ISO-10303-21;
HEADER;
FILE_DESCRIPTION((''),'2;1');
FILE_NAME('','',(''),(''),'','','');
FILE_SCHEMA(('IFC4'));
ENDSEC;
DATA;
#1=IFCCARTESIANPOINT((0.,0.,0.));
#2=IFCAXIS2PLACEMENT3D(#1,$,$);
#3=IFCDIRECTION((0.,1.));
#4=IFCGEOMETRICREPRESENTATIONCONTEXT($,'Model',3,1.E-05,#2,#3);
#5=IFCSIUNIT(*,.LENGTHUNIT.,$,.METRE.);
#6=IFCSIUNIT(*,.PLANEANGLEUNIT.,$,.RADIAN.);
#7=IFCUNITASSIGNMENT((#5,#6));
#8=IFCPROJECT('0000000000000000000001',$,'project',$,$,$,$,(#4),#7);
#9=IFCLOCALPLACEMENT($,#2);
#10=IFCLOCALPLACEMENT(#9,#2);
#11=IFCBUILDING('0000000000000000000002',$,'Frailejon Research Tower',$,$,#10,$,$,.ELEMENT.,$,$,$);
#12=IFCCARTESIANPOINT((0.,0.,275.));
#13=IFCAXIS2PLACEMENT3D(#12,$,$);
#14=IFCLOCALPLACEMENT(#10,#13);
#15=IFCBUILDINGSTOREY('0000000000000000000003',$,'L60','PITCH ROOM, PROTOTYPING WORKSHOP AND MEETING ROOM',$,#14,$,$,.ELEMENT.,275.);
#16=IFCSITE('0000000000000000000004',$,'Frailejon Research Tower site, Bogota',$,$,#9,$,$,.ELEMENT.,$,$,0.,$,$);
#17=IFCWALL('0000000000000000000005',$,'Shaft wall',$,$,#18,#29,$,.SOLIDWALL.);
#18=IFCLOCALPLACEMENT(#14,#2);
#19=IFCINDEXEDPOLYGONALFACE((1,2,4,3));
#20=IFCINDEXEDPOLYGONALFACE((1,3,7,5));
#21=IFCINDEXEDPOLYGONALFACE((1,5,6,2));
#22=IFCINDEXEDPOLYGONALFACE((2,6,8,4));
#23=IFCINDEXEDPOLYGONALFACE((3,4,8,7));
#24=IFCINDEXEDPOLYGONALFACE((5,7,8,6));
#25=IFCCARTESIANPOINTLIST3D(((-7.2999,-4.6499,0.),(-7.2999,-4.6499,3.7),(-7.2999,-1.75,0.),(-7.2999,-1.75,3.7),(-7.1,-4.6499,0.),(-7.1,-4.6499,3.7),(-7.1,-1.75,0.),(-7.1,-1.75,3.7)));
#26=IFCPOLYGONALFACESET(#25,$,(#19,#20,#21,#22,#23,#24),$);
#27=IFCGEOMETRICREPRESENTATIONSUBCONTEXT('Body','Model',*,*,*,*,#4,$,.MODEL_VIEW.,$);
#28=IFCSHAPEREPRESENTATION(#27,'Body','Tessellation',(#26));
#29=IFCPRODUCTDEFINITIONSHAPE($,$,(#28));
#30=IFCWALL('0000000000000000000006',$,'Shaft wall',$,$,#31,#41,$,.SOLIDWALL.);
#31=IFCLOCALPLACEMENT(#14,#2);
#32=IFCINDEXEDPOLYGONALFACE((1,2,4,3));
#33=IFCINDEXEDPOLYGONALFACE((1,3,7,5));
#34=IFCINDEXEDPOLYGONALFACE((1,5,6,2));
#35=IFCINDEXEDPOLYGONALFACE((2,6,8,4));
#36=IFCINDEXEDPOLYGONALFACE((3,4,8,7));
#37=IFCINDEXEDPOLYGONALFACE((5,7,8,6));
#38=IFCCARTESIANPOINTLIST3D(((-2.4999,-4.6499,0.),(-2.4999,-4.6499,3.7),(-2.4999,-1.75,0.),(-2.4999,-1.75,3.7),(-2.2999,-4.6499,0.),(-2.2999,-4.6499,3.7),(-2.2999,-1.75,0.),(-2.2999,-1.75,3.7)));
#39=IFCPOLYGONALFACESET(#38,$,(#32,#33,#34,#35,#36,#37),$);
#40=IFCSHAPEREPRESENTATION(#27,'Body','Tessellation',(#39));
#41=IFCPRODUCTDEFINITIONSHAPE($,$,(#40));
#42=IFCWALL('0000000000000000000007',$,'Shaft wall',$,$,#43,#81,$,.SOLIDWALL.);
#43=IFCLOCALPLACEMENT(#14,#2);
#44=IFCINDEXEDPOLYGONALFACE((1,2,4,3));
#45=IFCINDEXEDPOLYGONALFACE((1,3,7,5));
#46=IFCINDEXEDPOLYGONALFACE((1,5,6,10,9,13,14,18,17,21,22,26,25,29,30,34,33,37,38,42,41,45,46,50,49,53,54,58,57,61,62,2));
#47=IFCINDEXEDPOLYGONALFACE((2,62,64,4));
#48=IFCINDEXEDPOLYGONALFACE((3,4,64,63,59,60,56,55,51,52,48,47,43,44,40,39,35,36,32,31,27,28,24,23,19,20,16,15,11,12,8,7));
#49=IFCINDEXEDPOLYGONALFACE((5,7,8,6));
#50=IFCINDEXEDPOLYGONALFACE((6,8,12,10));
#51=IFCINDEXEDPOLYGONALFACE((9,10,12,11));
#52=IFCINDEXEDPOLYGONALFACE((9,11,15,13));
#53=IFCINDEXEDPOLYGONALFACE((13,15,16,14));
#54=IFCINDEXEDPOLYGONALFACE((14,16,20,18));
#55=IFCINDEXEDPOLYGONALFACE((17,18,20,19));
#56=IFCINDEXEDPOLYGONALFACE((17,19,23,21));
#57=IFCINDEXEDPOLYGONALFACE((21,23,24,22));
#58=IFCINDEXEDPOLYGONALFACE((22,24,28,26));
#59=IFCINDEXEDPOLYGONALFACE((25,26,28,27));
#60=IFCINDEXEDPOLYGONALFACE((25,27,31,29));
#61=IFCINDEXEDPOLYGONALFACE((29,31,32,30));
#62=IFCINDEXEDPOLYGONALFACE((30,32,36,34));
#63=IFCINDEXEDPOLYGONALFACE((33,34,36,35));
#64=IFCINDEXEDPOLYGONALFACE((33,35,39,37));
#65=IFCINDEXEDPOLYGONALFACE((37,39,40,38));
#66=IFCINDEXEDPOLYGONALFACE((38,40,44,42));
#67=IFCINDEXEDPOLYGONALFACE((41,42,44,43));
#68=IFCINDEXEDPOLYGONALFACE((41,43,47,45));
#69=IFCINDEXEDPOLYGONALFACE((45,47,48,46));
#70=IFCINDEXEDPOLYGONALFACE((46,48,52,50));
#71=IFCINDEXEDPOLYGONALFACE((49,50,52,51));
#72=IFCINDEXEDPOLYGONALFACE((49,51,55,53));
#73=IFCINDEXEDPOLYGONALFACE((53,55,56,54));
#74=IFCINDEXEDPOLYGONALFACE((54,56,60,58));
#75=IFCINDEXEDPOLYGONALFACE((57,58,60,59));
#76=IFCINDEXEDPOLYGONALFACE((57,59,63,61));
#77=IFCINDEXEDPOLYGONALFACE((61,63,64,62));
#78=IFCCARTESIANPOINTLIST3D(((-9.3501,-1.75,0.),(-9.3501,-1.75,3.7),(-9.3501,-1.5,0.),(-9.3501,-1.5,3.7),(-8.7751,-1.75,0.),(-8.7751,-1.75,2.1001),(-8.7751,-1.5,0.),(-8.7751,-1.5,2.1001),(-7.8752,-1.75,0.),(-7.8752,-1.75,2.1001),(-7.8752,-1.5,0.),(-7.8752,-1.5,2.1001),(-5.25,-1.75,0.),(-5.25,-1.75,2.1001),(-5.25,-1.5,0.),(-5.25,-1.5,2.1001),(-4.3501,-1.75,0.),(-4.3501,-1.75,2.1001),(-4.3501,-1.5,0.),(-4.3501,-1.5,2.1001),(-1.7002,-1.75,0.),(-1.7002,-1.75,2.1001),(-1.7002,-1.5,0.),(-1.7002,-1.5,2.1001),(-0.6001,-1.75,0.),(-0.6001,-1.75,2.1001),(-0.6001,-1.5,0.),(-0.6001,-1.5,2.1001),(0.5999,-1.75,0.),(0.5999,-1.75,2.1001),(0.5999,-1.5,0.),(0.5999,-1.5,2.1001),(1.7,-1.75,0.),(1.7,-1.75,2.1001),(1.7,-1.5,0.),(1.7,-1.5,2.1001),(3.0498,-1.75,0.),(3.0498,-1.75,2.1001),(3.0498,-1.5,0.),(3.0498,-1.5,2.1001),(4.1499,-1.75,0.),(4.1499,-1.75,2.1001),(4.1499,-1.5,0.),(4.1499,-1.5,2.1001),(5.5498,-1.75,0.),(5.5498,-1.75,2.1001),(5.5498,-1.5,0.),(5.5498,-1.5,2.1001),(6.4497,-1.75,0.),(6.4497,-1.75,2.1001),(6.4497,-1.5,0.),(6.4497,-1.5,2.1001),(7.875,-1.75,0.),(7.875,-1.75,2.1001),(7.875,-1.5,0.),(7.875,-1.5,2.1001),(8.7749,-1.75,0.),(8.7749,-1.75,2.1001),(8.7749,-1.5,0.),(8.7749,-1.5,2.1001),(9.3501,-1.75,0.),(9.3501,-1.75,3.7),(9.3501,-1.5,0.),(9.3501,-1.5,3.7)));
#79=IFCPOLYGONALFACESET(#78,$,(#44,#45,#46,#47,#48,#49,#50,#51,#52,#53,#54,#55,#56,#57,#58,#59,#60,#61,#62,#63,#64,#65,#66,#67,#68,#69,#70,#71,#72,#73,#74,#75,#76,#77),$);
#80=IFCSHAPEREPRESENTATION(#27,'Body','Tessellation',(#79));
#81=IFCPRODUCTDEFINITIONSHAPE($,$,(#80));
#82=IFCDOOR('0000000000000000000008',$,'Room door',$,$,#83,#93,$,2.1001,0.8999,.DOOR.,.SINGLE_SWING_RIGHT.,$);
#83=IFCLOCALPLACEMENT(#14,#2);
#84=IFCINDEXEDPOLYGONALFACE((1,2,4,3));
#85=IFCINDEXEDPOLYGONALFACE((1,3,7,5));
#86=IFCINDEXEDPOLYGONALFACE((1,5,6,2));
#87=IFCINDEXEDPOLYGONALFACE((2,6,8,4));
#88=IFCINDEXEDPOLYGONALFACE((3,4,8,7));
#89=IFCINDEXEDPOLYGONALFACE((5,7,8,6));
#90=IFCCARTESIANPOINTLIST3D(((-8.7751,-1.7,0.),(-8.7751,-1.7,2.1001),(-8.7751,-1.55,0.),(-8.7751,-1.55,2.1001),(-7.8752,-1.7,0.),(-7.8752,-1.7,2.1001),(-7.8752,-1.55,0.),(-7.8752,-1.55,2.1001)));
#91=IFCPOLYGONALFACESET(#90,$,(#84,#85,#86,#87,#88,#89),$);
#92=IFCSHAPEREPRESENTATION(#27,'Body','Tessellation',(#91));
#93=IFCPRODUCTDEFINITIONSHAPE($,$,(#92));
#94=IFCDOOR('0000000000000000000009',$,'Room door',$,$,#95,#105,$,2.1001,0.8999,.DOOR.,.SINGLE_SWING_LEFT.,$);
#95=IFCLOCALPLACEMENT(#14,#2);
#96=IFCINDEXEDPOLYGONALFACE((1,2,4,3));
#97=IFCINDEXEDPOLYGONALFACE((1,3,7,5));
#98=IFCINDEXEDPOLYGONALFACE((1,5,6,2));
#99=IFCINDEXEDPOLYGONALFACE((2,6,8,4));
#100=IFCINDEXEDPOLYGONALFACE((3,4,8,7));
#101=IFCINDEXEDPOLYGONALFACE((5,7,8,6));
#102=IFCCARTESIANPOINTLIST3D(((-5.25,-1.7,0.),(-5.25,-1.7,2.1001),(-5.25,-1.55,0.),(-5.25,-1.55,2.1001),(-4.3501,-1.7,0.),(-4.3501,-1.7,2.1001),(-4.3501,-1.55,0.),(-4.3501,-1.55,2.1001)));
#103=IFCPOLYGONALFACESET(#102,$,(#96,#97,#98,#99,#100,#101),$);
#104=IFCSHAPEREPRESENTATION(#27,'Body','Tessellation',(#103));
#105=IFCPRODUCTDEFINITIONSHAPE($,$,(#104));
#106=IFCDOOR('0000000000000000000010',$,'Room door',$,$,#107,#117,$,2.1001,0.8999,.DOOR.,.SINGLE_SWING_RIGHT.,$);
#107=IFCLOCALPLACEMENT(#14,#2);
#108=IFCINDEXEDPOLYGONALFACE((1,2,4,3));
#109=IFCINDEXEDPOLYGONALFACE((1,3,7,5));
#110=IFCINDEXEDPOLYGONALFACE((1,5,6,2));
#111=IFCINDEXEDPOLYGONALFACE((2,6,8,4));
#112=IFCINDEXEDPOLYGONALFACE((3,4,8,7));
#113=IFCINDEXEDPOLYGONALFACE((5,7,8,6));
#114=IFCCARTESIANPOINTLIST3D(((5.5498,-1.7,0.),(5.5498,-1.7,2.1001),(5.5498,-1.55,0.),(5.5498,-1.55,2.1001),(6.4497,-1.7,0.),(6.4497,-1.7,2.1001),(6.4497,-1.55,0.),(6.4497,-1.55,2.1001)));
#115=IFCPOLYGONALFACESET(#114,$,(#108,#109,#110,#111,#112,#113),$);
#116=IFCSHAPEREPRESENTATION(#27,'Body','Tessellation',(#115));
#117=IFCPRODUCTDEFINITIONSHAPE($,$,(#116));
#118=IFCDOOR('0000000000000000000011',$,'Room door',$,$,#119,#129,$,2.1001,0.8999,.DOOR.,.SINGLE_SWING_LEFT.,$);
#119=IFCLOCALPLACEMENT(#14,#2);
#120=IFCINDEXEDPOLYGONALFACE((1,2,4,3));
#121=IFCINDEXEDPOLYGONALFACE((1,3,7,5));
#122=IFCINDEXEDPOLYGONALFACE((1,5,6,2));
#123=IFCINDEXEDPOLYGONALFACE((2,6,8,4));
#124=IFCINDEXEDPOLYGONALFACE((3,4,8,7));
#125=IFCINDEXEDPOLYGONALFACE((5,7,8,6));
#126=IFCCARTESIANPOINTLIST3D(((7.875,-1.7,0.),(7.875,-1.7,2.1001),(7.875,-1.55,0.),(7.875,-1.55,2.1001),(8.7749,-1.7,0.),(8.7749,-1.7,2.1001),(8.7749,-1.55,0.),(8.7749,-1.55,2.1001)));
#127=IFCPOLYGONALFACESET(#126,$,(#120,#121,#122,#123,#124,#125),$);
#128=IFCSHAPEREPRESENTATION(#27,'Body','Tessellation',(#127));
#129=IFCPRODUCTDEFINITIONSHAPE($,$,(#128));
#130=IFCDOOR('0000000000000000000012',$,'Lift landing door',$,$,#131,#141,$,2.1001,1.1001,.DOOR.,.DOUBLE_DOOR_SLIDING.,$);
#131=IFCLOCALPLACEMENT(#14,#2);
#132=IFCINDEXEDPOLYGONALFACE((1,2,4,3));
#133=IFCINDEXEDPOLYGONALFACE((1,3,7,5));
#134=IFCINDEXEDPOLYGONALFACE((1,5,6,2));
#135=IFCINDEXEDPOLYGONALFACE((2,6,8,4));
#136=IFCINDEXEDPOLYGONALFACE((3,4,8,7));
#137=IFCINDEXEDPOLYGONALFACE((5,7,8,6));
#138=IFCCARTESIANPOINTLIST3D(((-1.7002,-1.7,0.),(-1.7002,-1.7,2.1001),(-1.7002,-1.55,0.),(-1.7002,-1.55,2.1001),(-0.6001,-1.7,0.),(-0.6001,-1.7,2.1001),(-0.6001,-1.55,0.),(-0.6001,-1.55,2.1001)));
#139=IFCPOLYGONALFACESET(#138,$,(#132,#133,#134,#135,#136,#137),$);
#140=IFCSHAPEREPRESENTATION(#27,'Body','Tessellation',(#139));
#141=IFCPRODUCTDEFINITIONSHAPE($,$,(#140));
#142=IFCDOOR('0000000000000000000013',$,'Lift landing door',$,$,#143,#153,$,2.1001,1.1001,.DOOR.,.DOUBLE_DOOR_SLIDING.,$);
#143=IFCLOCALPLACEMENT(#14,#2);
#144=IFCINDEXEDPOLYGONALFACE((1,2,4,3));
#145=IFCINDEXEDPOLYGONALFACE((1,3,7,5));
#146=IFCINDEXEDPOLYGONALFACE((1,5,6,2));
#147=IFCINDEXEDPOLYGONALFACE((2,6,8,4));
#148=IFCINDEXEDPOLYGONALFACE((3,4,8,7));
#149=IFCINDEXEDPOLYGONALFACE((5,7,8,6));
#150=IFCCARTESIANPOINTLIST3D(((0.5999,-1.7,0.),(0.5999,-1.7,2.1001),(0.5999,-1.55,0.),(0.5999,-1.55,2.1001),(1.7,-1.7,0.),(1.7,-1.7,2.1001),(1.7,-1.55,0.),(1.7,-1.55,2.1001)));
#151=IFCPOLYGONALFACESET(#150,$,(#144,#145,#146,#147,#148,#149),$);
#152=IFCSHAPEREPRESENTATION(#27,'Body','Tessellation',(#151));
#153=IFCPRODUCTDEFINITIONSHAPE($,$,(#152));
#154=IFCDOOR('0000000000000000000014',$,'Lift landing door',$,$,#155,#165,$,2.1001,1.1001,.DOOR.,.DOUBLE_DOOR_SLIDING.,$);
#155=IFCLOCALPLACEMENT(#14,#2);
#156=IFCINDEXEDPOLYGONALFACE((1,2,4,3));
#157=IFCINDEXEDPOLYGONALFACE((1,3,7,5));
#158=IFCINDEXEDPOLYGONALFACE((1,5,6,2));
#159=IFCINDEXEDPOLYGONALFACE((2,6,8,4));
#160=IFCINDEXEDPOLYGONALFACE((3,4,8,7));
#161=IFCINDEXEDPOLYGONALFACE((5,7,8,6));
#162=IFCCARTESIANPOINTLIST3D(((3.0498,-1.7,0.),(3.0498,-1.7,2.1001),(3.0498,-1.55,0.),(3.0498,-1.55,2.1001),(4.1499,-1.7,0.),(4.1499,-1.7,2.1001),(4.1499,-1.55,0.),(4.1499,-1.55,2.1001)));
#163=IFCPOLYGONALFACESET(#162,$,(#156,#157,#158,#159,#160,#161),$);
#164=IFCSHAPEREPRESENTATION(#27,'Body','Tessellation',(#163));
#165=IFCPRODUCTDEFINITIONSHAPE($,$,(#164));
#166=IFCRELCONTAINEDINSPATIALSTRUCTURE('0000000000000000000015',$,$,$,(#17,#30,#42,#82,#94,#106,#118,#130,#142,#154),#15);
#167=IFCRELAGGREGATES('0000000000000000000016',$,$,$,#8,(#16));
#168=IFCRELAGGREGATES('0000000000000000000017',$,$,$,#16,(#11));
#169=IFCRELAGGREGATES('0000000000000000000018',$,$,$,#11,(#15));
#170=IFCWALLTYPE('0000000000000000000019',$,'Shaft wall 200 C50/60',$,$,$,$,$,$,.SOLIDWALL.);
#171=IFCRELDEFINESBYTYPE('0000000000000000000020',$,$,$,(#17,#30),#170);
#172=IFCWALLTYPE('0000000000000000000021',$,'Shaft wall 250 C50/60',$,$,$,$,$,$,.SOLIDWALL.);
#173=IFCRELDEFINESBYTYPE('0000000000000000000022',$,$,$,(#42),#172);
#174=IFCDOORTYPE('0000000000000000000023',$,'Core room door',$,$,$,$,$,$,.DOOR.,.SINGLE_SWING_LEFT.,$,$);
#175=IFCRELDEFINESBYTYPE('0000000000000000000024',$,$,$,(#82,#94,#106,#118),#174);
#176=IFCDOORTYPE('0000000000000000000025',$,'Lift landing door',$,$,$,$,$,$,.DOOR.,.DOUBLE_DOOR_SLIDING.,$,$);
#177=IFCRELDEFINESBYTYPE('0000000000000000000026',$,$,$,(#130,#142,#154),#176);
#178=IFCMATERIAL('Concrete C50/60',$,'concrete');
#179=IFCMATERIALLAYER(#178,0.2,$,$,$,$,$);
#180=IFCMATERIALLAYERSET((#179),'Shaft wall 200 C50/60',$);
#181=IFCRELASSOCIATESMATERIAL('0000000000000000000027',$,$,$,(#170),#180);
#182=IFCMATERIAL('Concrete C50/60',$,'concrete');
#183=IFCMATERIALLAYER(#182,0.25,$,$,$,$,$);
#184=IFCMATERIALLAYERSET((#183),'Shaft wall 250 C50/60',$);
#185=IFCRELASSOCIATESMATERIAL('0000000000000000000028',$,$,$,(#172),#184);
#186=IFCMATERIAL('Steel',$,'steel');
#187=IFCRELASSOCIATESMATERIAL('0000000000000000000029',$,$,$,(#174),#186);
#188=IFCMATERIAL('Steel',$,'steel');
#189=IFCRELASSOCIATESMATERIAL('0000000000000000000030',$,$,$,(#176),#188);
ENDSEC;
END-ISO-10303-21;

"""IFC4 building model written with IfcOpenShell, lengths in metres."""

from ifc_helpers import new_model, si_unit, direction, frame, frame_2d, origin, place, context, subcontext, project, spatial, rectangle, extrude, material, layer, layer_set, type_object, element, fill, save


model = new_model("IFC4")

# Units and contexts
model_context = context("Model", 3, precision=1e-05, world=origin(), true_north=direction((0.0, 1.0)))
body_context = subcontext(model_context, "Body", "Model", "MODEL_VIEW")
ifc_project = project(units=[si_unit("LENGTHUNIT", "METRE"), si_unit("PLANEANGLEUNIT", "RADIAN")], contexts=[model_context])

# Site, building, storey
site_placement = place(None, origin())
site = spatial("IfcSite", under=ifc_project, at=site_placement, Name="Frailejon Research Tower site, Bogota", CompositionType="ELEMENT", RefElevation=0.0)
building_placement = place(site_placement, origin())
building = spatial("IfcBuilding", under=site, at=building_placement, Name="Frailejon Research Tower", CompositionType="ELEMENT")
storey_placement = place(building_placement, frame((0.0, 0.0, 275.0)))
storey = spatial("IfcBuildingStorey", under=building, at=storey_placement, Name="L60", Description="PITCH ROOM, PROTOTYPING WORKSHOP AND MEETING ROOM", CompositionType="ELEMENT", Elevation=275.0)

# Walls
ifc_material_1 = material(Name="Concrete C50/60", Category="concrete")
ifc_layer_1 = layer(ifc_material_1, 0.2)
ifc_layer_set_1 = layer_set([ifc_layer_1], Name="Shaft wall 200 C50/60")
wall_type_1 = type_object("IfcWallType", Name="Shaft wall 200 C50/60", PredefinedType="SOLIDWALL", material=ifc_layer_set_1)
for number, where, z_axis, x_axis, name in (
    (1, (-7.2, -4.6499, 0.0), (0.0, 0.0, 1.0), (0.0, 1.0, 0.0), "Shaft wall"),
    (2, (-2.3999, -4.6499, 0.0), (0.0, 0.0, 1.0), (0.0, 1.0, 0.0), "Shaft wall"),
):
    element("IfcWall", number, at=place(storey_placement, frame(where, z_axis=z_axis, x_axis=x_axis)), inside=storey, type_object=wall_type_1, Name=name, PredefinedType="SOLIDWALL", context=body_context, shape_type="SweptSolid", body=[
        extrude(rectangle(XDim=2.8999, YDim=0.2, at=frame_2d((1.45, 0.0))), origin(), (0.0, 0.0, 1.0), 3.7),
    ])

# Wall, openings, doors
ifc_material_2 = material(Name="Concrete C50/60", Category="concrete")
ifc_layer_2 = layer(ifc_material_2, 0.25)
ifc_layer_set_2 = layer_set([ifc_layer_2], Name="Shaft wall 250 C50/60")
wall_type_2 = type_object("IfcWallType", Name="Shaft wall 250 C50/60", PredefinedType="SOLIDWALL", material=ifc_layer_set_2)
wall_1_placement = place(storey_placement, frame((-9.3501, -1.625, 0.0), z_axis=(0.0, 0.0, 1.0), x_axis=(1.0, 0.0, 0.0)))
wall_1 = element("IfcWall", 3, at=wall_1_placement, inside=storey, type_object=wall_type_2, Name="Shaft wall", PredefinedType="SOLIDWALL", context=body_context, shape_type="SweptSolid", body=[
    extrude(rectangle(XDim=18.7002, YDim=0.25, at=frame_2d((9.3501, 0.0))), origin(), (0.0, 0.0, 1.0), 3.7),
])
opening_1_placement = place(wall_1_placement, frame((7.6499, 0.0, 0.0)))
opening_1 = element("IfcOpeningElement", 4, at=opening_1_placement, cuts=wall_1, PredefinedType="OPENING", context=body_context, shape_type="SweptSolid", body=[
    extrude(rectangle(XDim=1.1001, YDim=2.1001, at=frame_2d((0.55, 1.05))), frame((0.0, 0.135, 0.0), z_axis=(0.0, -1.0, 0.0), x_axis=(1.0, 0.0, 0.0)), (0.0, 0.0, 1.0), 0.27),
])
opening_2_placement = place(wall_1_placement, frame((9.95, 0.0, 0.0)))
opening_2 = element("IfcOpeningElement", 5, at=opening_2_placement, cuts=wall_1, PredefinedType="OPENING", context=body_context, shape_type="SweptSolid", body=[
    extrude(rectangle(XDim=1.1001, YDim=2.1001, at=frame_2d((0.55, 1.05))), frame((0.0, 0.135, 0.0), z_axis=(0.0, -1.0, 0.0), x_axis=(1.0, 0.0, 0.0)), (0.0, 0.0, 1.0), 0.27),
])
opening_3_placement = place(wall_1_placement, frame((12.3999, 0.0, 0.0)))
opening_3 = element("IfcOpeningElement", 6, at=opening_3_placement, cuts=wall_1, PredefinedType="OPENING", context=body_context, shape_type="SweptSolid", body=[
    extrude(rectangle(XDim=1.1001, YDim=2.1001, at=frame_2d((0.55, 1.05))), frame((0.0, 0.135, 0.0), z_axis=(0.0, -1.0, 0.0), x_axis=(1.0, 0.0, 0.0)), (0.0, 0.0, 1.0), 0.27),
])
opening_4_placement = place(wall_1_placement, frame((0.575, 0.0, 0.0)))
opening_4 = element("IfcOpeningElement", 7, at=opening_4_placement, cuts=wall_1, PredefinedType="OPENING", context=body_context, shape_type="SweptSolid", body=[
    extrude(rectangle(XDim=0.8999, YDim=2.1001, at=frame_2d((0.45, 1.05))), frame((0.0, 0.135, 0.0), z_axis=(0.0, -1.0, 0.0), x_axis=(1.0, 0.0, 0.0)), (0.0, 0.0, 1.0), 0.27),
])
opening_5_placement = place(wall_1_placement, frame((4.1001, 0.0, 0.0)))
opening_5 = element("IfcOpeningElement", 8, at=opening_5_placement, cuts=wall_1, PredefinedType="OPENING", context=body_context, shape_type="SweptSolid", body=[
    extrude(rectangle(XDim=0.8999, YDim=2.1001, at=frame_2d((0.45, 1.05))), frame((0.0, 0.135, 0.0), z_axis=(0.0, -1.0, 0.0), x_axis=(1.0, 0.0, 0.0)), (0.0, 0.0, 1.0), 0.27),
])
opening_6_placement = place(wall_1_placement, frame((14.8999, 0.0, 0.0)))
opening_6 = element("IfcOpeningElement", 9, at=opening_6_placement, cuts=wall_1, PredefinedType="OPENING", context=body_context, shape_type="SweptSolid", body=[
    extrude(rectangle(XDim=0.8999, YDim=2.1001, at=frame_2d((0.45, 1.05))), frame((0.0, 0.135, 0.0), z_axis=(0.0, -1.0, 0.0), x_axis=(1.0, 0.0, 0.0)), (0.0, 0.0, 1.0), 0.27),
])
opening_7_placement = place(wall_1_placement, frame((17.2251, 0.0, 0.0)))
opening_7 = element("IfcOpeningElement", 10, at=opening_7_placement, cuts=wall_1, PredefinedType="OPENING", context=body_context, shape_type="SweptSolid", body=[
    extrude(rectangle(XDim=0.8999, YDim=2.1001, at=frame_2d((0.45, 1.05))), frame((0.0, 0.135, 0.0), z_axis=(0.0, -1.0, 0.0), x_axis=(1.0, 0.0, 0.0)), (0.0, 0.0, 1.0), 0.27),
])
ifc_material_3 = material(Name="Steel", Category="steel")
door_type_1 = type_object("IfcDoorType", Name="Core room door", OperationType="SINGLE_SWING_LEFT", PredefinedType="DOOR", material=ifc_material_3)
door_1_placement = place(opening_4_placement, origin())
door_1 = element("IfcDoor", 11, at=door_1_placement, inside=storey, type_object=door_type_1, Name="Room door", OperationType="SINGLE_SWING_RIGHT", OverallHeight=2.1001, OverallWidth=0.8999, PredefinedType="DOOR", context=body_context, shape_type="SweptSolid", body=[
    extrude(rectangle(XDim=0.8999, YDim=2.1001, at=frame_2d((0.45, 1.05))), frame((0.0, 0.075, 0.0), z_axis=(0.0, -1.0, 0.0), x_axis=(1.0, 0.0, 0.0)), (0.0, 0.0, 1.0), 0.1499),
])
fill(opening_4, door_1)
door_2_placement = place(opening_5_placement, origin())
door_2 = element("IfcDoor", 12, at=door_2_placement, inside=storey, type_object=door_type_1, Name="Room door", OperationType="SINGLE_SWING_LEFT", OverallHeight=2.1001, OverallWidth=0.8999, PredefinedType="DOOR", context=body_context, shape_type="SweptSolid", body=[
    extrude(rectangle(XDim=0.8999, YDim=2.1001, at=frame_2d((0.45, 1.05))), frame((0.0, 0.075, 0.0), z_axis=(0.0, -1.0, 0.0), x_axis=(1.0, 0.0, 0.0)), (0.0, 0.0, 1.0), 0.1499),
])
fill(opening_5, door_2)
door_3_placement = place(opening_6_placement, origin())
door_3 = element("IfcDoor", 13, at=door_3_placement, inside=storey, type_object=door_type_1, Name="Room door", OperationType="SINGLE_SWING_RIGHT", OverallHeight=2.1001, OverallWidth=0.8999, PredefinedType="DOOR", context=body_context, shape_type="SweptSolid", body=[
    extrude(rectangle(XDim=0.8999, YDim=2.1001, at=frame_2d((0.45, 1.05))), frame((0.0, 0.075, 0.0), z_axis=(0.0, -1.0, 0.0), x_axis=(1.0, 0.0, 0.0)), (0.0, 0.0, 1.0), 0.1499),
])
fill(opening_6, door_3)
door_4_placement = place(opening_7_placement, origin())
door_4 = element("IfcDoor", 14, at=door_4_placement, inside=storey, type_object=door_type_1, Name="Room door", OperationType="SINGLE_SWING_LEFT", OverallHeight=2.1001, OverallWidth=0.8999, PredefinedType="DOOR", context=body_context, shape_type="SweptSolid", body=[
    extrude(rectangle(XDim=0.8999, YDim=2.1001, at=frame_2d((0.45, 1.05))), frame((0.0, 0.075, 0.0), z_axis=(0.0, -1.0, 0.0), x_axis=(1.0, 0.0, 0.0)), (0.0, 0.0, 1.0), 0.1499),
])
fill(opening_7, door_4)
ifc_material_4 = material(Name="Steel", Category="steel")
door_type_2 = type_object("IfcDoorType", Name="Lift landing door", OperationType="DOUBLE_DOOR_SLIDING", PredefinedType="DOOR", material=ifc_material_4)
door_5_placement = place(opening_1_placement, origin())
door_5 = element("IfcDoor", 15, at=door_5_placement, inside=storey, type_object=door_type_2, Name="Lift landing door", OperationType="DOUBLE_DOOR_SLIDING", OverallHeight=2.1001, OverallWidth=1.1001, PredefinedType="DOOR", context=body_context, shape_type="SweptSolid", body=[
    extrude(rectangle(XDim=1.1001, YDim=2.1001, at=frame_2d((0.55, 1.05))), frame((0.0, 0.075, 0.0), z_axis=(0.0, -1.0, 0.0), x_axis=(1.0, 0.0, 0.0)), (0.0, 0.0, 1.0), 0.1499),
])
fill(opening_1, door_5)
door_6_placement = place(opening_2_placement, origin())
door_6 = element("IfcDoor", 16, at=door_6_placement, inside=storey, type_object=door_type_2, Name="Lift landing door", OperationType="DOUBLE_DOOR_SLIDING", OverallHeight=2.1001, OverallWidth=1.1001, PredefinedType="DOOR", context=body_context, shape_type="SweptSolid", body=[
    extrude(rectangle(XDim=1.1001, YDim=2.1001, at=frame_2d((0.55, 1.05))), frame((0.0, 0.075, 0.0), z_axis=(0.0, -1.0, 0.0), x_axis=(1.0, 0.0, 0.0)), (0.0, 0.0, 1.0), 0.1499),
])
fill(opening_2, door_6)
door_7_placement = place(opening_3_placement, origin())
door_7 = element("IfcDoor", 17, at=door_7_placement, inside=storey, type_object=door_type_2, Name="Lift landing door", OperationType="DOUBLE_DOOR_SLIDING", OverallHeight=2.1001, OverallWidth=1.1001, PredefinedType="DOOR", context=body_context, shape_type="SweptSolid", body=[
    extrude(rectangle(XDim=1.1001, YDim=2.1001, at=frame_2d((0.55, 1.05))), frame((0.0, 0.075, 0.0), z_axis=(0.0, -1.0, 0.0), x_axis=(1.0, 0.0, 0.0)), (0.0, 0.0, 1.0), 0.1499),
])
fill(opening_3, door_7)

save(model, "model.ifc")
